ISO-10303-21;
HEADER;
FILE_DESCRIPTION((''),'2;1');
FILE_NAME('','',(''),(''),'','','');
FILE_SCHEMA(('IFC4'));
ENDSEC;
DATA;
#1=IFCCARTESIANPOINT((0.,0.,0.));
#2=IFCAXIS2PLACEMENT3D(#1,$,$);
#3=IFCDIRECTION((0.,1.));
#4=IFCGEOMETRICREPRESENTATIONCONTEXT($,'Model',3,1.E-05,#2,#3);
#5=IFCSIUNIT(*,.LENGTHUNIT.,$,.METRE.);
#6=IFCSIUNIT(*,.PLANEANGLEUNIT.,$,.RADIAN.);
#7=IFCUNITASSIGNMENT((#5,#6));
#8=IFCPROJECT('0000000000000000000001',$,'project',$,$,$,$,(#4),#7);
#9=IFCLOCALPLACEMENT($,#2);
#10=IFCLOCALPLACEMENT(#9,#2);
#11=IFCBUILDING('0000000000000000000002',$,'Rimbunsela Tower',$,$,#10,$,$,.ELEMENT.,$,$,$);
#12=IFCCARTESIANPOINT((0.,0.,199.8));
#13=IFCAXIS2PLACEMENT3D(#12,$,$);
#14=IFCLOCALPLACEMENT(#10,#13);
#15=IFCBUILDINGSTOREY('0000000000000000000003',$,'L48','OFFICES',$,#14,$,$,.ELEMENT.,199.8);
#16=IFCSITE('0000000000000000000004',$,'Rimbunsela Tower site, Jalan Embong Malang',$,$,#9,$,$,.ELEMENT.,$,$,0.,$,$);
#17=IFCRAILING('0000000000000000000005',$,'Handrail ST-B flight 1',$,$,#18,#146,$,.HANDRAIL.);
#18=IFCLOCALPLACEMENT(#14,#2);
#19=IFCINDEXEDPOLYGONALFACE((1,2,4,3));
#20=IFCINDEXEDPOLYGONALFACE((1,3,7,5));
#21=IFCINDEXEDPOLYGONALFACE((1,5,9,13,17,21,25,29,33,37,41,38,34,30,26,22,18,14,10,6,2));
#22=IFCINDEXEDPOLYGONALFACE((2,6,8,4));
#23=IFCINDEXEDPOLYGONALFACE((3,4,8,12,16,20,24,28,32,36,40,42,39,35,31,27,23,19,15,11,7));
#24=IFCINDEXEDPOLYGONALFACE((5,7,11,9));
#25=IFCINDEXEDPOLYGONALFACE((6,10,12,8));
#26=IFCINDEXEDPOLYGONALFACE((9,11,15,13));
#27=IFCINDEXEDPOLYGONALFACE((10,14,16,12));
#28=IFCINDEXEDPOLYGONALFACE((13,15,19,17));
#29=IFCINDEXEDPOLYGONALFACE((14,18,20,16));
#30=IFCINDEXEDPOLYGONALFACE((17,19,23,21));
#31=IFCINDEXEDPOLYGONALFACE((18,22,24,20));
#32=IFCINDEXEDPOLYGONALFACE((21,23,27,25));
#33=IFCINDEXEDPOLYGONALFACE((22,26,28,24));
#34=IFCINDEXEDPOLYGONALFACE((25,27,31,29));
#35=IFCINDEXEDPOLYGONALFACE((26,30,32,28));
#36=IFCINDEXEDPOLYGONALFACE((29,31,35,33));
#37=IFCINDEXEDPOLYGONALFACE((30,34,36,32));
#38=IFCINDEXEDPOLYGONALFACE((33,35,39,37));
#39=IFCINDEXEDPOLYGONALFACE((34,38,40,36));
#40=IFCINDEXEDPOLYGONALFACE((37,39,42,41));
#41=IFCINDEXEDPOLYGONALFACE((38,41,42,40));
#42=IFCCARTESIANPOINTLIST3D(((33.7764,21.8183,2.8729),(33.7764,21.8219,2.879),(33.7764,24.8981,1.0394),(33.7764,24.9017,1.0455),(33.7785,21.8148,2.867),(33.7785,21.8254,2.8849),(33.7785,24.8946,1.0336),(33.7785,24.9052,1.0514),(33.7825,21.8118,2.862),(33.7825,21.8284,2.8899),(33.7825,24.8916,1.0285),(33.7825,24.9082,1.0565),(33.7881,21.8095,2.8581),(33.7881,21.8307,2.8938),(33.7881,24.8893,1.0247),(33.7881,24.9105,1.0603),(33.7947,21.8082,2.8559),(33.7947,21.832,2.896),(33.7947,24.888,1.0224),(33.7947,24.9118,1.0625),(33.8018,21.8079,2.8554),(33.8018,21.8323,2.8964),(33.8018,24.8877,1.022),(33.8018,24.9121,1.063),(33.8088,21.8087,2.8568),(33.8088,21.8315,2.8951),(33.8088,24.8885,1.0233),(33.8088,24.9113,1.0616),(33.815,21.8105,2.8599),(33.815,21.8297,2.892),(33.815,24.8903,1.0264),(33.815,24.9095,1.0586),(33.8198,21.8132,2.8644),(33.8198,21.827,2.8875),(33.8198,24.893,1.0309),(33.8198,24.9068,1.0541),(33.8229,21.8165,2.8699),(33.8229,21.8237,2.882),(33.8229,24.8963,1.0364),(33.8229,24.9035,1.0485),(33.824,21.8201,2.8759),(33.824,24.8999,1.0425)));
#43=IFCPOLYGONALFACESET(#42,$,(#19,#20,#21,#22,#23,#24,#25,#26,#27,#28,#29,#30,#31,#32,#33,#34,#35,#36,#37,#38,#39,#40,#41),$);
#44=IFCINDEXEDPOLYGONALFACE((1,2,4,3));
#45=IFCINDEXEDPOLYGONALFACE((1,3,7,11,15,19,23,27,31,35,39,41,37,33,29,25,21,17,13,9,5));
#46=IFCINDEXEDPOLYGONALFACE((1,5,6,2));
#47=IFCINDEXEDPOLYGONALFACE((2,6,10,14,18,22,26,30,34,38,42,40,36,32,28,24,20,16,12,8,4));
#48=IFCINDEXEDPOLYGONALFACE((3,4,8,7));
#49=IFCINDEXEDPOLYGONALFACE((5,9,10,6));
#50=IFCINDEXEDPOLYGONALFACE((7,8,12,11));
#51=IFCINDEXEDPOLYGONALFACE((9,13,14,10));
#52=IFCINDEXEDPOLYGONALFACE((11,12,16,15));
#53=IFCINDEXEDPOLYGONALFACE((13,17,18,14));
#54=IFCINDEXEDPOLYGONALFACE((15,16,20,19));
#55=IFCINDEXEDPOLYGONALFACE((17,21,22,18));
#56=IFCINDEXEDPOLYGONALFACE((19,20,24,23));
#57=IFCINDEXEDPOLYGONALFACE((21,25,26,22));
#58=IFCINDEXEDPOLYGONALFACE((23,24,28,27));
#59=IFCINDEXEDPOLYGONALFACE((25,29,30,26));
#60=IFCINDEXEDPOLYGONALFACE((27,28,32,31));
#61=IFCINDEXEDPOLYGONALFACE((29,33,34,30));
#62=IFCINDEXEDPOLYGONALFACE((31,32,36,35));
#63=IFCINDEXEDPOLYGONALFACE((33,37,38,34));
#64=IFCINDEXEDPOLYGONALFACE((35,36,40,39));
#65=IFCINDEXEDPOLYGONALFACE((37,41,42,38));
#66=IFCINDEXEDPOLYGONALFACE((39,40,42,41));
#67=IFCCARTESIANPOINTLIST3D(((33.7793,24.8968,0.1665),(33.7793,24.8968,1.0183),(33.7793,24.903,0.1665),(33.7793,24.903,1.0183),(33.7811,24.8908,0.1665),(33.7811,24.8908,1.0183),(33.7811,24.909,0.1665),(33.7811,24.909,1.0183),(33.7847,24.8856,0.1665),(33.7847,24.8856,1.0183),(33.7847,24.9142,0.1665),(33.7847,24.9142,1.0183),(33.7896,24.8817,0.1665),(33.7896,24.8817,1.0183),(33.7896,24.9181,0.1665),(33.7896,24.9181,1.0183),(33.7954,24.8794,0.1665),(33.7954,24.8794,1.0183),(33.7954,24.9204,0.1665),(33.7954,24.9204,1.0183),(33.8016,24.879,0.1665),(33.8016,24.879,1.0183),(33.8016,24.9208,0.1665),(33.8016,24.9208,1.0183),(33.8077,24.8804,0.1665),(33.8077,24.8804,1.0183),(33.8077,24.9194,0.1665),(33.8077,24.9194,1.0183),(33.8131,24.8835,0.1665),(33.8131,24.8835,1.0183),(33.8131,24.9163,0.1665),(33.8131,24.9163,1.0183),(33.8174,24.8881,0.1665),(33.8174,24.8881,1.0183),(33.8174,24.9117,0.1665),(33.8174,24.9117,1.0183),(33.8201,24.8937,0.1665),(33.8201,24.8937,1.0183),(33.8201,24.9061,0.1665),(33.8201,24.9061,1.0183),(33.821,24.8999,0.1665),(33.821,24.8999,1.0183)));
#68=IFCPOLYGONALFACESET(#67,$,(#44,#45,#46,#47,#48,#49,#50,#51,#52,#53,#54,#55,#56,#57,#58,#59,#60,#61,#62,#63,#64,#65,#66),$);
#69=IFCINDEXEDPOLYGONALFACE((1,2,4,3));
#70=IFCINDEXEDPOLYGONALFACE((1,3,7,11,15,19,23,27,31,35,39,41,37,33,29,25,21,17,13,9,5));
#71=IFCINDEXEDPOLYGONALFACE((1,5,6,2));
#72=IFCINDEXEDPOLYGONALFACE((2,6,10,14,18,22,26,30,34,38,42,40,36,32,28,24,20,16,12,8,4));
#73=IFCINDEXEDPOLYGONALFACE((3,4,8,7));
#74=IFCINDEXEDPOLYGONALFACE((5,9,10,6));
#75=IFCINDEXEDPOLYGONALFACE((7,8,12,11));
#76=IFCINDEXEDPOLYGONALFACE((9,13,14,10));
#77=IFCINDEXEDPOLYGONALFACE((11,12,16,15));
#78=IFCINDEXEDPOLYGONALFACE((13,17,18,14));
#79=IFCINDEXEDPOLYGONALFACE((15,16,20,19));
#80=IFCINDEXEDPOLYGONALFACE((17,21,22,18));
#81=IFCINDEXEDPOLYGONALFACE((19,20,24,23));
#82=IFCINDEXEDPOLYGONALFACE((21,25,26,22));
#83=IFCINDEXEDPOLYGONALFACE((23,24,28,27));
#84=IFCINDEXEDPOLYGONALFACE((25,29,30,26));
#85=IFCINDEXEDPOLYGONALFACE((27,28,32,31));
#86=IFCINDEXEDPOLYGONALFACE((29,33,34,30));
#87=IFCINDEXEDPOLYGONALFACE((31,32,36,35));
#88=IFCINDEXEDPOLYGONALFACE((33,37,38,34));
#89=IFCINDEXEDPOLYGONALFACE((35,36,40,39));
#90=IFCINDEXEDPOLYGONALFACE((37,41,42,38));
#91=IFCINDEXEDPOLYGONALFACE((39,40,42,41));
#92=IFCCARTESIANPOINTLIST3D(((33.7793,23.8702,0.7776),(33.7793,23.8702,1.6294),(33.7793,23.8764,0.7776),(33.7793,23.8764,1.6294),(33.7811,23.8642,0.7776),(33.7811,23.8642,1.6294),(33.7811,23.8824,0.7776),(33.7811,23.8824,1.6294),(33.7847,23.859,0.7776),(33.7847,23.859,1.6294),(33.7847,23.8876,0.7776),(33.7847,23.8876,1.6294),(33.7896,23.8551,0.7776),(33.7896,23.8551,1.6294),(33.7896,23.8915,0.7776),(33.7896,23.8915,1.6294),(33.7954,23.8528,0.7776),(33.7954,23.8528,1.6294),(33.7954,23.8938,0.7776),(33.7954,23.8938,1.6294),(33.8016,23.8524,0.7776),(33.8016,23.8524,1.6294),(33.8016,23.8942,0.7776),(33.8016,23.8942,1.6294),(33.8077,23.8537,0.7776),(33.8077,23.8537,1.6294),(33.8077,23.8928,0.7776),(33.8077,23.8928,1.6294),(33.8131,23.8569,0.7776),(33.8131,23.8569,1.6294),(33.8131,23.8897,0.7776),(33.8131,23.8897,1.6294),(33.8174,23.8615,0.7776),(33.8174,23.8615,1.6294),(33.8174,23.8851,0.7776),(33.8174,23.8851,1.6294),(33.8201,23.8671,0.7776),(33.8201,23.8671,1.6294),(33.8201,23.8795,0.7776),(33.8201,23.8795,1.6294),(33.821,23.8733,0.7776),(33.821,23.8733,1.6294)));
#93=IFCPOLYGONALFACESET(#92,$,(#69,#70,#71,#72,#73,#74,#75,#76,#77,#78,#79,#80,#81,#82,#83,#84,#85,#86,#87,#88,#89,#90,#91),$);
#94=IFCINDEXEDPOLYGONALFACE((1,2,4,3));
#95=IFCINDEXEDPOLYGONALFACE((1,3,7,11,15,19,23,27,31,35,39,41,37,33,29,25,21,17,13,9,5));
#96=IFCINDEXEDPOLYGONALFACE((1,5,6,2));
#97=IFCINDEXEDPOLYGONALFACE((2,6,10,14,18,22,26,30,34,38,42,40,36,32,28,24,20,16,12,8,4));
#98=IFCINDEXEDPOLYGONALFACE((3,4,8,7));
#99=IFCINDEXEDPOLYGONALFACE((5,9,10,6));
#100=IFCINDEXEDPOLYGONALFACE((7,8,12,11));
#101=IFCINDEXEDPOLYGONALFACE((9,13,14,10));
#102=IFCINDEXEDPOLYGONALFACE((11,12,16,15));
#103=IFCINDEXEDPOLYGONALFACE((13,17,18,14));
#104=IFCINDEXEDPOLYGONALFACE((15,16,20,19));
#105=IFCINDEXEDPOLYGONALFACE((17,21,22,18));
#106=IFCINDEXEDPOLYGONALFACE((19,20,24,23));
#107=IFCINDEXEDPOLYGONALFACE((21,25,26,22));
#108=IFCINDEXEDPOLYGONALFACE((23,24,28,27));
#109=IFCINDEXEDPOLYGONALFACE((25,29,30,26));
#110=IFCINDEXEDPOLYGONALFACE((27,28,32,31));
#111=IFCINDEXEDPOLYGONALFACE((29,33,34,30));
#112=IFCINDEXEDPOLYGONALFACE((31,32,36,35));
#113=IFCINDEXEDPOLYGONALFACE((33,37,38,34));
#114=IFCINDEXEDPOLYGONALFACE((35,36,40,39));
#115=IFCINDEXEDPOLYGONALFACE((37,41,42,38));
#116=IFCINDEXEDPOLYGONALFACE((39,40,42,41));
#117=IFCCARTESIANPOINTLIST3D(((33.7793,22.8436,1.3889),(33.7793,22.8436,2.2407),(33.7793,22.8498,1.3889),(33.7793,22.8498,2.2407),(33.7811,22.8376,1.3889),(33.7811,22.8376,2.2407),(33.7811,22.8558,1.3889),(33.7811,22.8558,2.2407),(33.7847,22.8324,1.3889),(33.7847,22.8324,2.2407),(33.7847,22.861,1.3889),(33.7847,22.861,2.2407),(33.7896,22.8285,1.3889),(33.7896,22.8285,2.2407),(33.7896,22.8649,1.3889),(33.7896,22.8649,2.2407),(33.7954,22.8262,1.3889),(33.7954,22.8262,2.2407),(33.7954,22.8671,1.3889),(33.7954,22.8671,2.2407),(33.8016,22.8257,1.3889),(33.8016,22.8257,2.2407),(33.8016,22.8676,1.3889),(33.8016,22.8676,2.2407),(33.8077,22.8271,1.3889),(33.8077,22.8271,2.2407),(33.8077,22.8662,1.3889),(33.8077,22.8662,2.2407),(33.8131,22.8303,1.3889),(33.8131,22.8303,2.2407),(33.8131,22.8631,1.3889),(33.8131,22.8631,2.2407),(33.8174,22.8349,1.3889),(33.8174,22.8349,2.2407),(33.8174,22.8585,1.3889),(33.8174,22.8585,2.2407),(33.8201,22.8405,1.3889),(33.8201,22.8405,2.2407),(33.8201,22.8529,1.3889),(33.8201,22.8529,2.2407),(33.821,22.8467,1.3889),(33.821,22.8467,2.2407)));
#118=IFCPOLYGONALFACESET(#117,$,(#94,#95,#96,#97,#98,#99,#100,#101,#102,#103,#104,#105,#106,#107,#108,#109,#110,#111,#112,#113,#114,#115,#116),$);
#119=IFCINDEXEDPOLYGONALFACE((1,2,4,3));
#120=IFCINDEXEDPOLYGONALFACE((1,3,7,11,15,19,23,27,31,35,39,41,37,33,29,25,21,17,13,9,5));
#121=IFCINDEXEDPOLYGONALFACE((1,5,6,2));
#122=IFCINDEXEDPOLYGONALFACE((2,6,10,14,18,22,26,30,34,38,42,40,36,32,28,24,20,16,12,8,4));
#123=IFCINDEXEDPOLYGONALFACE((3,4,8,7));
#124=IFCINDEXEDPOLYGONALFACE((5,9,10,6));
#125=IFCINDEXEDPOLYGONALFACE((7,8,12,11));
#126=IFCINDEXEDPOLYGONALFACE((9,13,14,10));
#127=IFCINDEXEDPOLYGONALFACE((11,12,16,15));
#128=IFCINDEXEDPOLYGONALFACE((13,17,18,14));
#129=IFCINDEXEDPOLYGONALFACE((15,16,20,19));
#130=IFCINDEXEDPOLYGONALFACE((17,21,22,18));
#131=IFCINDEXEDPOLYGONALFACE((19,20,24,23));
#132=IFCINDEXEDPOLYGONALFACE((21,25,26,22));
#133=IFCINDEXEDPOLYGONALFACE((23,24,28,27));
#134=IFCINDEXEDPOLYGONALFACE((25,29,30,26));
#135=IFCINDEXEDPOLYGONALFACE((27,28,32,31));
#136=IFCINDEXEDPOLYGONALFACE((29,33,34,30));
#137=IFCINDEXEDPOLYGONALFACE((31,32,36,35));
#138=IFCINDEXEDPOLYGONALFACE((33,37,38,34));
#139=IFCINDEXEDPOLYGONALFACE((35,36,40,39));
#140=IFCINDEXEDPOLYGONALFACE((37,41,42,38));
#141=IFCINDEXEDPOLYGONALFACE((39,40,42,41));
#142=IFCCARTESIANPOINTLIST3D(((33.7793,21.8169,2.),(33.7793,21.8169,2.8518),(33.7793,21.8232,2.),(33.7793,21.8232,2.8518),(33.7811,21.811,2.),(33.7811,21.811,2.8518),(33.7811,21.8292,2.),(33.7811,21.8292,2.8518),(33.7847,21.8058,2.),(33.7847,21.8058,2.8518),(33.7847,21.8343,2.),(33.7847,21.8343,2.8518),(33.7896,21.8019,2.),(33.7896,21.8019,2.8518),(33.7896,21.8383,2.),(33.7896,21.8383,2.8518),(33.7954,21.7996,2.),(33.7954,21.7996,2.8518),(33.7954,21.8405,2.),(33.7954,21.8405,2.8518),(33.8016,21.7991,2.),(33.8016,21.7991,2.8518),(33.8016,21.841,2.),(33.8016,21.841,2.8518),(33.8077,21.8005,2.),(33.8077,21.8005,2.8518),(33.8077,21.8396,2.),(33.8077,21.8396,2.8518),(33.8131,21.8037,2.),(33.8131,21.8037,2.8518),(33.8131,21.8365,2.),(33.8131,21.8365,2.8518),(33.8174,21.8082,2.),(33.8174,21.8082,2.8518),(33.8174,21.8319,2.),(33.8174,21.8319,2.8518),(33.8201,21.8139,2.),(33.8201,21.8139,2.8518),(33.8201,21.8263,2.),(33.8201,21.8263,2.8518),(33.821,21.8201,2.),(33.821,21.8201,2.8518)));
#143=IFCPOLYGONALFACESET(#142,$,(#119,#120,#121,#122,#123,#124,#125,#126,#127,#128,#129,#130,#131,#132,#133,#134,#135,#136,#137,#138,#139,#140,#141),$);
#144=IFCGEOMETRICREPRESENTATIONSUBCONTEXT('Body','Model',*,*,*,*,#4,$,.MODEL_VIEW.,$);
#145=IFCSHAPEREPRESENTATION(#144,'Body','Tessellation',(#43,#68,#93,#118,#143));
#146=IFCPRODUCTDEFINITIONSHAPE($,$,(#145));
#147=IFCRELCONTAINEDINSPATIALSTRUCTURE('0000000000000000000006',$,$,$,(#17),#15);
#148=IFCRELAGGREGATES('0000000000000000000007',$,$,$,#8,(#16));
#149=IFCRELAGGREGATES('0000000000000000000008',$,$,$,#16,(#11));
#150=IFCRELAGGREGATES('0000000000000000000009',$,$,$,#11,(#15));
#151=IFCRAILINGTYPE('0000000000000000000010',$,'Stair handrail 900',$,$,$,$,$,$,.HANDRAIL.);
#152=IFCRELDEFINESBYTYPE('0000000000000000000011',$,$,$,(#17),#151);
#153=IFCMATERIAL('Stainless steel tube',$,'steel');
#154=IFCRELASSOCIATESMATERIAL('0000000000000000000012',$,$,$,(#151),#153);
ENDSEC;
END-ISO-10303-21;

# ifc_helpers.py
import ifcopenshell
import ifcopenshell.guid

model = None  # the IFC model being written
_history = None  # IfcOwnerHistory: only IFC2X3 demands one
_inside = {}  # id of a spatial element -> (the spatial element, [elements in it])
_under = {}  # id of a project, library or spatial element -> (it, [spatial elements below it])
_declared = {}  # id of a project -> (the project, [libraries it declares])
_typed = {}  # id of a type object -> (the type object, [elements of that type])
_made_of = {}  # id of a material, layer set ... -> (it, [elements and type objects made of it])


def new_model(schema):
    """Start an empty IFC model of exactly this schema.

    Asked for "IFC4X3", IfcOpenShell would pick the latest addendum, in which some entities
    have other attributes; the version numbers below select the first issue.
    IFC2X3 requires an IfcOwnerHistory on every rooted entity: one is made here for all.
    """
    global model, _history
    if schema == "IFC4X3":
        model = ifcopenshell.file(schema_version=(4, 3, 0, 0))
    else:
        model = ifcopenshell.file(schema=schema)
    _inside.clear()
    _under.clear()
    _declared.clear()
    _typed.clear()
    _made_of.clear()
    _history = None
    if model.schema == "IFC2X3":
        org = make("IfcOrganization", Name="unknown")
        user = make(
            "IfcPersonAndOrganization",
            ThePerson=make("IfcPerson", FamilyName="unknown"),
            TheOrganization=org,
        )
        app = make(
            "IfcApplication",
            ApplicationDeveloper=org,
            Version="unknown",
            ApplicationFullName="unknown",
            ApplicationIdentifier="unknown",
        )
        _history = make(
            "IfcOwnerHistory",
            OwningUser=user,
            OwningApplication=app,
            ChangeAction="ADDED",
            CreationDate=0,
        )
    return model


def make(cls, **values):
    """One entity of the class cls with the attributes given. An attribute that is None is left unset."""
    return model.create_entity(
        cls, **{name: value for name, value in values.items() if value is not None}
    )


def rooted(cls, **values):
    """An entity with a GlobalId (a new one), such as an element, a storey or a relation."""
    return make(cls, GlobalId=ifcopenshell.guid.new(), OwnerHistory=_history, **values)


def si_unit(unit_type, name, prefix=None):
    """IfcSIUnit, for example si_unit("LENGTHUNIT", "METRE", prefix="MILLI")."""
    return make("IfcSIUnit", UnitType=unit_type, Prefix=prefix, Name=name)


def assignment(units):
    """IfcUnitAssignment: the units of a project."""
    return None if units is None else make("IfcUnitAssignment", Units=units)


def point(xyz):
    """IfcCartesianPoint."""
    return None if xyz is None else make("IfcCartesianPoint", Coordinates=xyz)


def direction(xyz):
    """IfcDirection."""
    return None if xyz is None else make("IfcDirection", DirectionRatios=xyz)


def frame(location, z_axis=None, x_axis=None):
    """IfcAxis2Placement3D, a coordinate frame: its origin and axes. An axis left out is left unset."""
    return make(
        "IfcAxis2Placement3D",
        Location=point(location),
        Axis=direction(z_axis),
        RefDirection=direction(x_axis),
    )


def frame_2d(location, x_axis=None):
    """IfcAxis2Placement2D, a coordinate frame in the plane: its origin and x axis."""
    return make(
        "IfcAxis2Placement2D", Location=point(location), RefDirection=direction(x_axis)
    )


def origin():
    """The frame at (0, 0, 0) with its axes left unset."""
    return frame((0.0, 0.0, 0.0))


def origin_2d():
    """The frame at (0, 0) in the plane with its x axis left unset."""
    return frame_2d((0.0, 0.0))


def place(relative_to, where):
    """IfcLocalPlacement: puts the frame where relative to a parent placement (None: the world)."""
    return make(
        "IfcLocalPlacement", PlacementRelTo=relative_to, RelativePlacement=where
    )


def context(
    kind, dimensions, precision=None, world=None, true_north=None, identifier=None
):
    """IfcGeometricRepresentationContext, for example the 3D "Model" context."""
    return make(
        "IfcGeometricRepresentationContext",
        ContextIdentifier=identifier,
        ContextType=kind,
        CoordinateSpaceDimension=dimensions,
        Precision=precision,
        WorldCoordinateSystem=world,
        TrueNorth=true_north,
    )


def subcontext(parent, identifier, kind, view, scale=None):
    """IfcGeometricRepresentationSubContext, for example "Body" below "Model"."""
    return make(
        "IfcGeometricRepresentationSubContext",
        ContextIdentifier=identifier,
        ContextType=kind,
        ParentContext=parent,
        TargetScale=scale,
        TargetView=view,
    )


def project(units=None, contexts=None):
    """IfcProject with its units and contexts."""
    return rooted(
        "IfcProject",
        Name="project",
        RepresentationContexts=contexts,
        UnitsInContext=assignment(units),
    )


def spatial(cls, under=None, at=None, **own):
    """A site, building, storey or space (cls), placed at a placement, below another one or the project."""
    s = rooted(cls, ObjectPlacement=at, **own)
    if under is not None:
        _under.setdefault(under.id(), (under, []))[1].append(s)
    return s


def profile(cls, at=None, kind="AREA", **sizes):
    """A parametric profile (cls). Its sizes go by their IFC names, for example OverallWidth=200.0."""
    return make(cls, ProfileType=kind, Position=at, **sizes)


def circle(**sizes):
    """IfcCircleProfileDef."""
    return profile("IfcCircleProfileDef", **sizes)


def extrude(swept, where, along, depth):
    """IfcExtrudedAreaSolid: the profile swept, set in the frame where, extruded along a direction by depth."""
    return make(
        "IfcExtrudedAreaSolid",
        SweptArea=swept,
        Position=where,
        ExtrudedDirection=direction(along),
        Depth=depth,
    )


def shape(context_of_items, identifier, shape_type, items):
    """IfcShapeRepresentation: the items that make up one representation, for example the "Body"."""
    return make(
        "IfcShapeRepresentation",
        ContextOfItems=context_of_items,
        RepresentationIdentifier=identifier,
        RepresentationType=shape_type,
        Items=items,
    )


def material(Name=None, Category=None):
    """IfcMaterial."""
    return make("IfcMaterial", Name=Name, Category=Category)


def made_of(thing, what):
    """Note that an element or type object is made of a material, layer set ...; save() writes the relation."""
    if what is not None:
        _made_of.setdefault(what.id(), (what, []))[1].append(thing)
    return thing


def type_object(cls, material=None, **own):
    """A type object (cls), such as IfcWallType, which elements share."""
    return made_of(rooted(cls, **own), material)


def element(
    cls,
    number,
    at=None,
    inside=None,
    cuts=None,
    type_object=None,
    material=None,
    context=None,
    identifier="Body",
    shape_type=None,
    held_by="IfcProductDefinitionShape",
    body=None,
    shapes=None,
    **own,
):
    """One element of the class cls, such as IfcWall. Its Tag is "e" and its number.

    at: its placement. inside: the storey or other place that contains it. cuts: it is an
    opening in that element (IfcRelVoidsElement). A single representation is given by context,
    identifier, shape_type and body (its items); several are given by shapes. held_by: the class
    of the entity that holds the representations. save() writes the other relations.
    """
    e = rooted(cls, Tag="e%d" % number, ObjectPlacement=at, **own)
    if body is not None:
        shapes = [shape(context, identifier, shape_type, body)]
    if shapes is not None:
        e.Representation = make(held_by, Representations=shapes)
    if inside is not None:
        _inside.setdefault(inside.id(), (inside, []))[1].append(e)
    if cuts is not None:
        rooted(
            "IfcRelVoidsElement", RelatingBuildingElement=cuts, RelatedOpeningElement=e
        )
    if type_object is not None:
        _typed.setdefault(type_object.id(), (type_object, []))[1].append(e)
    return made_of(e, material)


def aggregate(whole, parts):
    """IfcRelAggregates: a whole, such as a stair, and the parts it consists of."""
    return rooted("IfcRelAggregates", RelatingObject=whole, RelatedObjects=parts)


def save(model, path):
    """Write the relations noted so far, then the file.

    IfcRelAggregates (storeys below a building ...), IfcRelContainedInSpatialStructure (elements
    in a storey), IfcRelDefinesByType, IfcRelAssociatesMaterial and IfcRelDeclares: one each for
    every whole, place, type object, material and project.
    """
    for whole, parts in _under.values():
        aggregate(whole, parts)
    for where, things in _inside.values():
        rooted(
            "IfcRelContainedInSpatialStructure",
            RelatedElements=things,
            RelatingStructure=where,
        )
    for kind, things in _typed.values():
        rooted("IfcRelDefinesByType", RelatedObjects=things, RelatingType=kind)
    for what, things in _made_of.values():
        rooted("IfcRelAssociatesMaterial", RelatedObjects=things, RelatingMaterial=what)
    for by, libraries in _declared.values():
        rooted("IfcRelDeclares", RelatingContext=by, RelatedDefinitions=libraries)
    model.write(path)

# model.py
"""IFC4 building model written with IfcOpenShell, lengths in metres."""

from ifc_helpers import new_model, si_unit, direction, frame, origin, origin_2d, place, context, subcontext, project, spatial, circle, extrude, material, type_object, element, save


model = new_model("IFC4")

# Units and contexts
model_context = context("Model", 3, precision=1e-05, world=origin(), true_north=direction((0.0, 1.0)))
body_context = subcontext(model_context, "Body", "Model", "MODEL_VIEW")
ifc_project = project(units=[si_unit("LENGTHUNIT", "METRE"), si_unit("PLANEANGLEUNIT", "RADIAN")], contexts=[model_context])

# Site, building, storey
site_placement = place(None, origin())
site = spatial("IfcSite", under=ifc_project, at=site_placement, Name="Rimbunsela Tower site, Jalan Embong Malang", CompositionType="ELEMENT", RefElevation=0.0)
building_placement = place(site_placement, origin())
building = spatial("IfcBuilding", under=site, at=building_placement, Name="Rimbunsela Tower", CompositionType="ELEMENT")
storey_placement = place(building_placement, frame((0.0, 0.0, 199.8)))
storey = spatial("IfcBuildingStorey", under=building, at=storey_placement, Name="L48", Description="OFFICES", CompositionType="ELEMENT", Elevation=199.8)

# Railing
ifc_material_1 = material(Name="Stainless steel tube", Category="steel")
railing_type = type_object("IfcRailingType", Name="Stair handrail 900", PredefinedType="HANDRAIL", material=ifc_material_1)
railing_1_placement = place(storey_placement, frame((33.8, 24.8999, 0.1665)))
element("IfcRailing", 1, at=railing_1_placement, inside=storey, type_object=railing_type, Name="Handrail ST-B flight 1", PredefinedType="HANDRAIL", context=body_context, shape_type="SweptSolid", body=[
    extrude(circle(Radius=0.0239, at=origin_2d()), frame((0.0, 0.0, 0.876), z_axis=(0.0, -0.859261, 0.511538), x_axis=(1.0, 0.0, 0.0)), (0.0, 0.0, 1.0), 3.5842),
    extrude(circle(Radius=0.021, at=origin_2d()), origin(), (0.0, 0.0, 1.0), 0.8518),
    extrude(circle(Radius=0.021, at=origin_2d()), frame((0.0, -1.0266, 0.6111)), (0.0, 0.0, 1.0), 0.8518),
    extrude(circle(Radius=0.021, at=origin_2d()), frame((0.0, -2.0532, 1.2224)), (0.0, 0.0, 1.0), 0.8518),
    extrude(circle(Radius=0.021, at=origin_2d()), frame((0.0, -3.0798, 1.8335)), (0.0, 0.0, 1.0), 0.8518),
])

save(model, "model.ifc")
